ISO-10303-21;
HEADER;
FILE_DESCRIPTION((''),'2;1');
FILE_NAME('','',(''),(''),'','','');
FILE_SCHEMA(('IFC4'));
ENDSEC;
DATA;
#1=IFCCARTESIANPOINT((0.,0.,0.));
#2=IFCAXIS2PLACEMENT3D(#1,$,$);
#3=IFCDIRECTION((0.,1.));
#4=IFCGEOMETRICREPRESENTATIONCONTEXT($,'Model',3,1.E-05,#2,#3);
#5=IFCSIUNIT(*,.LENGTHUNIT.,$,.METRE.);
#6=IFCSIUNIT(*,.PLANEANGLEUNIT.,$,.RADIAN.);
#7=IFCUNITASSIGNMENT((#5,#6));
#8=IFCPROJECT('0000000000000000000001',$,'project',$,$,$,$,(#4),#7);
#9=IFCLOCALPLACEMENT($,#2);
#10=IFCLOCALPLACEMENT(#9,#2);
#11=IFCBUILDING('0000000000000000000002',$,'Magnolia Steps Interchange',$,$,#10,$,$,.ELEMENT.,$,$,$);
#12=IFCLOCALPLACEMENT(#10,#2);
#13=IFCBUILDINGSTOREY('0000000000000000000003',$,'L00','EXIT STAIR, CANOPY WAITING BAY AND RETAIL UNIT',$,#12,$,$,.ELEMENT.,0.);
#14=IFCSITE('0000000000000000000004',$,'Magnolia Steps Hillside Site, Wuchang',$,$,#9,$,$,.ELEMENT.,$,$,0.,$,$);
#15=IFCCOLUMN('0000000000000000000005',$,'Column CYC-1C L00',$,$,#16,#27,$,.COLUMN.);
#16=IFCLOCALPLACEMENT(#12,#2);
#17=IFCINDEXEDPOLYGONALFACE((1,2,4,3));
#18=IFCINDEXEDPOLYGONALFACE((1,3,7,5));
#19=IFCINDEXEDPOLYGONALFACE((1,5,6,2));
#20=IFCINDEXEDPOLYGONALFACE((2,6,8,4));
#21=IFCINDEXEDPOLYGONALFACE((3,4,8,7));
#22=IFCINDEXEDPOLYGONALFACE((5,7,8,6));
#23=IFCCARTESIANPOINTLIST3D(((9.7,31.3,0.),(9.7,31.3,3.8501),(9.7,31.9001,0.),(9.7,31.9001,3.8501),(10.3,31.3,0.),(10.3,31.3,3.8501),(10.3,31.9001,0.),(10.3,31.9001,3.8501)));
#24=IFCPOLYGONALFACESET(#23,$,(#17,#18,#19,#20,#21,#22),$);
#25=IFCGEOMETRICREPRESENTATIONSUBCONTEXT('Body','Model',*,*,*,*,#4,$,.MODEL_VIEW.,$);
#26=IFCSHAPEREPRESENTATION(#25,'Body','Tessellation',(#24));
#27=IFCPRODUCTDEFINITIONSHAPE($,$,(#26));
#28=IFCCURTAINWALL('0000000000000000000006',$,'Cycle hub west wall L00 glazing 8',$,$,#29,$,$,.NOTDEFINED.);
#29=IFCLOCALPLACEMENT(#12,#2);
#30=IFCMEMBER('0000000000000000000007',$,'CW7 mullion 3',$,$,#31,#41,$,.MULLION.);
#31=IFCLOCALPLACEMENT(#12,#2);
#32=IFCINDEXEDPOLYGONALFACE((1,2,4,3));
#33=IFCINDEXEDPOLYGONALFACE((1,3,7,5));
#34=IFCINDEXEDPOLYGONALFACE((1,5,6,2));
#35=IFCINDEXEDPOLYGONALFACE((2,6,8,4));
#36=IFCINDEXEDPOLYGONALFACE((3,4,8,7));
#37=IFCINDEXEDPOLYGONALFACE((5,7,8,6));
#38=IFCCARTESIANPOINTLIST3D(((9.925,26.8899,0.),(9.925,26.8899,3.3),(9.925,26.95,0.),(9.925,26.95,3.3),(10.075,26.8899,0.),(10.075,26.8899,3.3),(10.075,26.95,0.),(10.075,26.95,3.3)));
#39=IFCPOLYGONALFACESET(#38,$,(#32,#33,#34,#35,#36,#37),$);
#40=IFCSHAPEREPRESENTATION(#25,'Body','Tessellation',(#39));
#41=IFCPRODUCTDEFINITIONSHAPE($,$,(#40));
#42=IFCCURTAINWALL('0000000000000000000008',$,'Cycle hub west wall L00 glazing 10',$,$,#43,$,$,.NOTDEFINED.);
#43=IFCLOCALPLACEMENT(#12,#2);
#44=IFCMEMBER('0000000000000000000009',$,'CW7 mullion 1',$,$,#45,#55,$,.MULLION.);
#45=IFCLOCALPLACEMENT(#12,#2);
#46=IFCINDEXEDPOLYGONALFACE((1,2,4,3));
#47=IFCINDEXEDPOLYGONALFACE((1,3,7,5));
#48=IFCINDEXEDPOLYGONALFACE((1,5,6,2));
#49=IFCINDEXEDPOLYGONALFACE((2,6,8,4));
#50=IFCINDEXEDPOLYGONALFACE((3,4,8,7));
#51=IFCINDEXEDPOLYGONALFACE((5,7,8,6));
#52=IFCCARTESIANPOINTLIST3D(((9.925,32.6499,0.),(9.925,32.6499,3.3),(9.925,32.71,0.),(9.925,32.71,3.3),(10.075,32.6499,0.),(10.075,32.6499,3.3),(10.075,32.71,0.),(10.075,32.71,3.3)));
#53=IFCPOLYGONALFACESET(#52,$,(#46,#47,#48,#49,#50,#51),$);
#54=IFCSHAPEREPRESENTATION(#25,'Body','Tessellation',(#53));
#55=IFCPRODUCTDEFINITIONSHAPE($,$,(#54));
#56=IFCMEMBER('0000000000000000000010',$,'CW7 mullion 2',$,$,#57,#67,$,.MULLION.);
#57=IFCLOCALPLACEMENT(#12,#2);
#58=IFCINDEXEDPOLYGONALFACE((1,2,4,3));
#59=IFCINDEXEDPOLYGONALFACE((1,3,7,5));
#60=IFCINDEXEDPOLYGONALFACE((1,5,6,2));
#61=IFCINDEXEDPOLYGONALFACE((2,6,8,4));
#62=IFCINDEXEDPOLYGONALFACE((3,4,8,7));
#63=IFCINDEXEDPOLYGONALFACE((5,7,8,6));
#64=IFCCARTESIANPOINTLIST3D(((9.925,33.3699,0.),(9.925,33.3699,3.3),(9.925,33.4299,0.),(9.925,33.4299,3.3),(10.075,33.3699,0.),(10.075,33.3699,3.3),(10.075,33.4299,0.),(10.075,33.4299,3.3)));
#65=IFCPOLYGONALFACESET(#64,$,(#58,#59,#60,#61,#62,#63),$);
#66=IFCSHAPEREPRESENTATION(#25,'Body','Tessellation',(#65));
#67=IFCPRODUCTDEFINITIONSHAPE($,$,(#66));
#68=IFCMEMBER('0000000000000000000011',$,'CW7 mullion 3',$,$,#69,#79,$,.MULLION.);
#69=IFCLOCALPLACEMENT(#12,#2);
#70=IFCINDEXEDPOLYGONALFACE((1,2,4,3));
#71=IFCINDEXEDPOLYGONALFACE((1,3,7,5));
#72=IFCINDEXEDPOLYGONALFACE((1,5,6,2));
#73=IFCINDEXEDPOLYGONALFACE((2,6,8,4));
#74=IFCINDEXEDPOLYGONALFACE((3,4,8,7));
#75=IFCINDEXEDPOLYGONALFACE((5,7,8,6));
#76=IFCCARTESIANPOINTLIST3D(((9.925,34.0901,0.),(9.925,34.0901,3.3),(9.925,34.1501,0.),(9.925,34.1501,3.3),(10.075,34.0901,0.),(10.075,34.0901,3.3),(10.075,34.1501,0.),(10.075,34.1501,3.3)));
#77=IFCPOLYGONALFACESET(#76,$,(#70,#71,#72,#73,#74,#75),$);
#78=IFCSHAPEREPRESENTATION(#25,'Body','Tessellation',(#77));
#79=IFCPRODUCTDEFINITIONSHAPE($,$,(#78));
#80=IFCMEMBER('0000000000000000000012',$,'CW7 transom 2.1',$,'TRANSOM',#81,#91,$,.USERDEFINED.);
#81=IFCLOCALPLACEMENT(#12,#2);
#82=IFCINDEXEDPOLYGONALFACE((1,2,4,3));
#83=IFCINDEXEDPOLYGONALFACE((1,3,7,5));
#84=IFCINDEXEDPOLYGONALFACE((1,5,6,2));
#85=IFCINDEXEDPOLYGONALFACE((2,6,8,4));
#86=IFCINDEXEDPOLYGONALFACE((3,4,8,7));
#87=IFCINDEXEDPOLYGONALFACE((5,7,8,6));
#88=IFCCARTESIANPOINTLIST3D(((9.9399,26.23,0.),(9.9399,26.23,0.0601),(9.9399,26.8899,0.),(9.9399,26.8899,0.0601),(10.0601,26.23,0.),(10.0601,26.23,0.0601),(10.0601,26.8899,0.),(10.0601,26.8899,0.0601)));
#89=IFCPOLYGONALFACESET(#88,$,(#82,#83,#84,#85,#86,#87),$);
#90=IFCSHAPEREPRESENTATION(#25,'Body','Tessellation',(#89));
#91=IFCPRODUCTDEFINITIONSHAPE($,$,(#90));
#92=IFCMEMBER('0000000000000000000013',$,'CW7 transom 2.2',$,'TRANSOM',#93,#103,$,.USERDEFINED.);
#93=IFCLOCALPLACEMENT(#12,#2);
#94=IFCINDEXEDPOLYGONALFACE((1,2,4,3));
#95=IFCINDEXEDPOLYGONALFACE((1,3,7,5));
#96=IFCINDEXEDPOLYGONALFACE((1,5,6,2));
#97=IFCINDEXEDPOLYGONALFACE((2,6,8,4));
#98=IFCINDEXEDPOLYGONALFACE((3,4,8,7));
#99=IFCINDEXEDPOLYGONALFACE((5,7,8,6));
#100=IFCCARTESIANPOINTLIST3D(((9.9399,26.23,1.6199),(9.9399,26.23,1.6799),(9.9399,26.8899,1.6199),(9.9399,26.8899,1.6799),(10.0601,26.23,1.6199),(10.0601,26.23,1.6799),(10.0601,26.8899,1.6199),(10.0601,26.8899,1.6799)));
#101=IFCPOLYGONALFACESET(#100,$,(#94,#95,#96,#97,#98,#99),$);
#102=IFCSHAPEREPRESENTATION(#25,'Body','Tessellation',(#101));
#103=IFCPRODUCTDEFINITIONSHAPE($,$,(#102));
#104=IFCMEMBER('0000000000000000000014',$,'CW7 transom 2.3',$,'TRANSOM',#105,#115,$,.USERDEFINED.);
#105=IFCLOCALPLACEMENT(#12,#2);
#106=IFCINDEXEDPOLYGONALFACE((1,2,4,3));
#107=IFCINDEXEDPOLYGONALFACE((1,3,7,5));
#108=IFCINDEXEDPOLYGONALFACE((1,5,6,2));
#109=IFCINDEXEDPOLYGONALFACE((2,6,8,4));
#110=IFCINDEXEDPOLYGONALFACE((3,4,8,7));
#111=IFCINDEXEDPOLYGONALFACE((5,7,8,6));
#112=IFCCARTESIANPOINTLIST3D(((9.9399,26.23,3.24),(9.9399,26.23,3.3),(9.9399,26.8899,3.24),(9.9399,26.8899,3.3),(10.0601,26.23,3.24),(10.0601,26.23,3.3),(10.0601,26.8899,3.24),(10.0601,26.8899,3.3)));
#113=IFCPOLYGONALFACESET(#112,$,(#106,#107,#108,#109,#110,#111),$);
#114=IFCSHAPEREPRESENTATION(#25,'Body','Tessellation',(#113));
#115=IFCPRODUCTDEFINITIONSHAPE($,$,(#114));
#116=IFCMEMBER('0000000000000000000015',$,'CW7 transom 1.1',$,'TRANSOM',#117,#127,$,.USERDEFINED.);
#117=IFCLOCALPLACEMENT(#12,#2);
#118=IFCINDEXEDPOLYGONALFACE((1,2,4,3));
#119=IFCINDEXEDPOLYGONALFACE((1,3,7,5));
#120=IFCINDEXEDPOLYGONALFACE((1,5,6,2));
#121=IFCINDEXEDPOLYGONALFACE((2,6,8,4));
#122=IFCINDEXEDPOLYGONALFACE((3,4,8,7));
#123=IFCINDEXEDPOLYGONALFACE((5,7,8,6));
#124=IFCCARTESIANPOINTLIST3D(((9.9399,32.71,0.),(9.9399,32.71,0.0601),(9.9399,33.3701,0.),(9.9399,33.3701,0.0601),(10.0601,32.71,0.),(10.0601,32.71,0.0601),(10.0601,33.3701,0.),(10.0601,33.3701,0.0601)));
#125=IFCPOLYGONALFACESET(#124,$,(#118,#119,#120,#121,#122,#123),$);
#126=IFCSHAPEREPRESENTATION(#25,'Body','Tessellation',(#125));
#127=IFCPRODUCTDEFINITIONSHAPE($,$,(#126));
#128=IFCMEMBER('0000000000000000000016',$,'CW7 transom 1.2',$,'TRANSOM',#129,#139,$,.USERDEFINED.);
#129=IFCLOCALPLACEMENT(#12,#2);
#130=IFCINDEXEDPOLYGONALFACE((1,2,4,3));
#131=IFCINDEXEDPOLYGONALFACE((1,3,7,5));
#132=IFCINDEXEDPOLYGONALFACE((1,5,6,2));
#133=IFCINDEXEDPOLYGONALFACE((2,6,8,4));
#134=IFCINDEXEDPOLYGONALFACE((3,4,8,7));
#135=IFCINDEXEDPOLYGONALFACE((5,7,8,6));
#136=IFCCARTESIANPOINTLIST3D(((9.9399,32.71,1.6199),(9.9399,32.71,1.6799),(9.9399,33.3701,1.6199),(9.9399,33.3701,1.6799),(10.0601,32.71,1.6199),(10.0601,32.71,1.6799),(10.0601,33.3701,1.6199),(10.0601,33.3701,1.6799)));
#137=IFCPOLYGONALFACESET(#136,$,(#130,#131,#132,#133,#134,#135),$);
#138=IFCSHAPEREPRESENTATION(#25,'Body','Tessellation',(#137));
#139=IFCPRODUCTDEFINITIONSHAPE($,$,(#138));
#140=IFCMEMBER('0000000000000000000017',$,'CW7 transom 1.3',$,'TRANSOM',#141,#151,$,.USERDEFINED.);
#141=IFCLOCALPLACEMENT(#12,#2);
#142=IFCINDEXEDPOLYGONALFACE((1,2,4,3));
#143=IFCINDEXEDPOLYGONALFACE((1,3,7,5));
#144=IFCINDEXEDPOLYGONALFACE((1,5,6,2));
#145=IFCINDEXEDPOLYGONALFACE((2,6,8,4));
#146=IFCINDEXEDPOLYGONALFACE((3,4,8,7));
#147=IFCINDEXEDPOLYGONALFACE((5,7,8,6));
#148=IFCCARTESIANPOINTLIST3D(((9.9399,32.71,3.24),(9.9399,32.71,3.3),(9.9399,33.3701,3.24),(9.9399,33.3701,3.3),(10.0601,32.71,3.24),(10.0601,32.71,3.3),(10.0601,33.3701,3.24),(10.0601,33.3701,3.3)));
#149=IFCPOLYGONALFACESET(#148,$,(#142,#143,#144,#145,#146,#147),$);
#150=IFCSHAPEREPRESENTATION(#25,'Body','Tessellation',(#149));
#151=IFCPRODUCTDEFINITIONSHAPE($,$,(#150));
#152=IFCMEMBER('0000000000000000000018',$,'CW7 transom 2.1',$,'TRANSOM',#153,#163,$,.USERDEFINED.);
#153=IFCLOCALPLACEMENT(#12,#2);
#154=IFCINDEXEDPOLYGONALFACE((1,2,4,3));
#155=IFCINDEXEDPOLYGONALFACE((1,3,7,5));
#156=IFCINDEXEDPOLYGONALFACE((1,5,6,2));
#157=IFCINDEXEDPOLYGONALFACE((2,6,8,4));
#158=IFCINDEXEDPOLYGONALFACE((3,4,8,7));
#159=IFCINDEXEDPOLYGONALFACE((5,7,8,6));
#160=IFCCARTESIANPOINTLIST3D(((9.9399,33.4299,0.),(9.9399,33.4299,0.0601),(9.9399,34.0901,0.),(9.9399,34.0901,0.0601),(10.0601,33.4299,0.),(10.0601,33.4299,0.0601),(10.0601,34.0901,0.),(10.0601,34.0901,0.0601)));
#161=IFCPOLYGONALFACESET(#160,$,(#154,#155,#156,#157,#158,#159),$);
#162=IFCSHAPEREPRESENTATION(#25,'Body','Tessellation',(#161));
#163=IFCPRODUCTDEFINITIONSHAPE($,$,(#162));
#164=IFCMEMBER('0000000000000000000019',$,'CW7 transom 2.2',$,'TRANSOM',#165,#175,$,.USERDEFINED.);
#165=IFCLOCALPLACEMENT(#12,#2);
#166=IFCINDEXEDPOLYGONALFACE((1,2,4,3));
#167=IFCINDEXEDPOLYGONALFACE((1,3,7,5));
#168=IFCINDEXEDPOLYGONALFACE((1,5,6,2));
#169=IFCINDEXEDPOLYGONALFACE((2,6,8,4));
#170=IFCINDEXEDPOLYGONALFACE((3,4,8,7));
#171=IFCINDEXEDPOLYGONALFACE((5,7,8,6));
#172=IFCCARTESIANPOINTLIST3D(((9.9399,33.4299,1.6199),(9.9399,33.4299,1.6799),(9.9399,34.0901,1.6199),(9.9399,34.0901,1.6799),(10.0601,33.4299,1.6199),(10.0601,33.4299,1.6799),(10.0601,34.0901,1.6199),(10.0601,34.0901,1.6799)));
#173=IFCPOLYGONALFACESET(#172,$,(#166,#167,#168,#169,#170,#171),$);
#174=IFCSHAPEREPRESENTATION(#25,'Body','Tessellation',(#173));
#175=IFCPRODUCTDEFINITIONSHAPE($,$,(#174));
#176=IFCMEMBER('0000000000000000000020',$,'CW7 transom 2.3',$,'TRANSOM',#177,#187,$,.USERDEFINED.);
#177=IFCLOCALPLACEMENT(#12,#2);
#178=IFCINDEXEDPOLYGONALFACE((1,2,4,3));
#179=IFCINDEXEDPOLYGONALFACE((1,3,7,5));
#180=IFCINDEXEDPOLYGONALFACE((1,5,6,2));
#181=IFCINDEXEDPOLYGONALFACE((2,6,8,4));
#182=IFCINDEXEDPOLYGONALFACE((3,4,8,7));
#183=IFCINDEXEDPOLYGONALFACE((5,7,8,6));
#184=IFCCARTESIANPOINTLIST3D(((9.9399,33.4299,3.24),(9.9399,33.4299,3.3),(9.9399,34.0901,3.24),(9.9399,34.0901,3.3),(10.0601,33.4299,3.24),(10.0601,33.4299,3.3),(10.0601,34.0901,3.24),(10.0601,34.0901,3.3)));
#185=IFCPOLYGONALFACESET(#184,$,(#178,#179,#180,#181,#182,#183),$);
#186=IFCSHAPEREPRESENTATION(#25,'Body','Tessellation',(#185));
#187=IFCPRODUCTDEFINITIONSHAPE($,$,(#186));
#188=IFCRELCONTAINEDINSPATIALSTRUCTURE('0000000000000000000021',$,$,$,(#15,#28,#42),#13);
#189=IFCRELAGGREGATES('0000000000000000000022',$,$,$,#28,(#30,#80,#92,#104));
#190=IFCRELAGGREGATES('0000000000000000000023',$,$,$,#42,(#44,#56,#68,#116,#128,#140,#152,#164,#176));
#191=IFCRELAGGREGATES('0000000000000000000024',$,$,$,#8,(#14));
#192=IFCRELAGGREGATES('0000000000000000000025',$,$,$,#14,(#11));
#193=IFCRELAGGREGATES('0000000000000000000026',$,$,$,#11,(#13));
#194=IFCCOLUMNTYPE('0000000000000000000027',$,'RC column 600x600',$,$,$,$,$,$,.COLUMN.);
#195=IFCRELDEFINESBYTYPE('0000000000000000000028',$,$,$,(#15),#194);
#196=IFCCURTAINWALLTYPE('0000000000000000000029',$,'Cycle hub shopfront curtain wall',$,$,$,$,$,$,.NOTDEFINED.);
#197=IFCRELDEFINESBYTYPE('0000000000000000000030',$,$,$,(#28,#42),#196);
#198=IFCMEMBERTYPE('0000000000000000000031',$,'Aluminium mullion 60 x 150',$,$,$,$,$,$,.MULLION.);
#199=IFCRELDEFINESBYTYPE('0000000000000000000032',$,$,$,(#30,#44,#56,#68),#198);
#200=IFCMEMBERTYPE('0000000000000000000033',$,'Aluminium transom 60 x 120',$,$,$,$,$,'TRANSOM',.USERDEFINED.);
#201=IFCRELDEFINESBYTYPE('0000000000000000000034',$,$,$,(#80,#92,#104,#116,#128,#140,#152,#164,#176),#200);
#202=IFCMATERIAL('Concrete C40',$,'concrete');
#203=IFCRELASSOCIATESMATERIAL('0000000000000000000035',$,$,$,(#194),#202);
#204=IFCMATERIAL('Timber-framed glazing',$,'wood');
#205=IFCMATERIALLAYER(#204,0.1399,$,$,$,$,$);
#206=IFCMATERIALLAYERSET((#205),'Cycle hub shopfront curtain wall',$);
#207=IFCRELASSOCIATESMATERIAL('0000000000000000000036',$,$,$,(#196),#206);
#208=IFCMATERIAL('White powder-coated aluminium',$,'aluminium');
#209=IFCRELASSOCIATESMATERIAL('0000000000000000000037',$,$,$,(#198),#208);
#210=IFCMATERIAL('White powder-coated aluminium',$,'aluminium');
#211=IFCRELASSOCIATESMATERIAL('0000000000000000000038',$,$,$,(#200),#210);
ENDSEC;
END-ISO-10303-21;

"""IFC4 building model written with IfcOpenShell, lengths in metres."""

from ifc_helpers import new_model, si_unit, direction, frame, origin, origin_2d, place, context, subcontext, project, spatial, rectangle, extrude, material, layer, layer_set, material_profile, profile_set, type_object, element, aggregate, save


model = new_model("IFC4")

# Units and contexts
model_context = context("Model", 3, precision=1e-05, world=origin(), true_north=direction((0.0, 1.0)))
body_context = subcontext(model_context, "Body", "Model", "MODEL_VIEW")
ifc_project = project(units=[si_unit("LENGTHUNIT", "METRE"), si_unit("PLANEANGLEUNIT", "RADIAN")], contexts=[model_context])

# Site, building, storey
site_placement = place(None, origin())
site = spatial("IfcSite", under=ifc_project, at=site_placement, Name="Magnolia Steps Hillside Site, Wuchang", CompositionType="ELEMENT", RefElevation=0.0)
building_placement = place(site_placement, origin())
building = spatial("IfcBuilding", under=site, at=building_placement, Name="Magnolia Steps Interchange", CompositionType="ELEMENT")
storey_placement = place(building_placement, origin())
storey = spatial("IfcBuildingStorey", under=building, at=storey_placement, Name="L00", Description="EXIT STAIR, CANOPY WAITING BAY AND RETAIL UNIT", CompositionType="ELEMENT", Elevation=0.0)

# Column
ifc_material_1 = material(Name="Concrete C40", Category="concrete")
ifc_material_profile_1 = material_profile(ifc_material_1, rectangle(XDim=0.6001, YDim=0.6001, at=origin_2d()), Name="RC600x600")
ifc_profile_set_1 = profile_set([ifc_material_profile_1], Name="Concrete C40")
column_type = type_object("IfcColumnType", Name="RC column 600x600", PredefinedType="COLUMN", material=ifc_profile_set_1)
column_placement = place(storey_placement, frame((10.0, 31.6001, 0.0), z_axis=(0.0, 0.0, 1.0), x_axis=(1.0, 0.0, 0.0)))
element("IfcColumn", 1, at=column_placement, inside=storey, type_object=column_type, Name="Column CYC-1C L00", PredefinedType="COLUMN", context=body_context, shape_type="SweptSolid", body=[
    extrude(rectangle(XDim=0.6001, YDim=0.6001, at=origin_2d()), origin(), (0.0, 0.0, 1.0), 3.8501),
])

# Curtain wall, member
ifc_material_2 = material(Name="Timber-framed glazing", Category="wood")
ifc_layer_1 = layer(ifc_material_2, 0.1399)
ifc_layer_set_1 = layer_set([ifc_layer_1], Name="Cycle hub shopfront curtain wall")
curtain_wall_type = type_object("IfcCurtainWallType", Name="Cycle hub shopfront curtain wall", PredefinedType="NOTDEFINED", material=ifc_layer_set_1)
curtain_wall_1_placement = place(storey_placement, origin())
curtain_wall_1 = element("IfcCurtainWall", 2, at=curtain_wall_1_placement, inside=storey, type_object=curtain_wall_type, Name="Cycle hub west wall L00 glazing 8", PredefinedType="NOTDEFINED")
ifc_material_3 = material(Name="White powder-coated aluminium", Category="aluminium")
ifc_material_profile_2 = material_profile(ifc_material_3, rectangle(XDim=0.0601, YDim=0.1499, at=origin_2d()), Name="Aluminium mullion 60 x 150")
ifc_profile_set_2 = profile_set([ifc_material_profile_2], Name="White powder-coated aluminium")
member_type_1 = type_object("IfcMemberType", Name="Aluminium mullion 60 x 150", PredefinedType="MULLION", material=ifc_profile_set_2)
member_1_placement = place(storey_placement, frame((10.0, 26.9199, 0.0), z_axis=(0.0, 0.0, 1.0), x_axis=(0.0, 1.0, 0.0)))
member_1 = element("IfcMember", 3, at=member_1_placement, type_object=member_type_1, Name="CW7 mullion 3", PredefinedType="MULLION", context=body_context, shape_type="SweptSolid", body=[
    extrude(rectangle(XDim=0.0601, YDim=0.1499, at=origin_2d()), origin(), (0.0, 0.0, 1.0), 3.3),
])

# Curtain wall, members
curtain_wall_2_placement = place(storey_placement, origin())
curtain_wall_2 = element("IfcCurtainWall", 4, at=curtain_wall_2_placement, inside=storey, type_object=curtain_wall_type, Name="Cycle hub west wall L00 glazing 10", PredefinedType="NOTDEFINED")
member_2_placement = place(storey_placement, frame((10.0, 32.6799, 0.0), z_axis=(0.0, 0.0, 1.0), x_axis=(0.0, 1.0, 0.0)))
member_2 = element("IfcMember", 5, at=member_2_placement, type_object=member_type_1, Name="CW7 mullion 1", PredefinedType="MULLION", context=body_context, shape_type="SweptSolid", body=[
    extrude(rectangle(XDim=0.0601, YDim=0.1499, at=origin_2d()), origin(), (0.0, 0.0, 1.0), 3.3),
])
member_3_placement = place(storey_placement, frame((10.0, 33.3999, 0.0), z_axis=(0.0, 0.0, 1.0), x_axis=(0.0, 1.0, 0.0)))
member_3 = element("IfcMember", 6, at=member_3_placement, type_object=member_type_1, Name="CW7 mullion 2", PredefinedType="MULLION", context=body_context, shape_type="SweptSolid", body=[
    extrude(rectangle(XDim=0.0601, YDim=0.1499, at=origin_2d()), origin(), (0.0, 0.0, 1.0), 3.3),
])
member_4_placement = place(storey_placement, frame((10.0, 34.1201, 0.0), z_axis=(0.0, 0.0, 1.0), x_axis=(0.0, 1.0, 0.0)))
member_4 = element("IfcMember", 7, at=member_4_placement, type_object=member_type_1, Name="CW7 mullion 3", PredefinedType="MULLION", context=body_context, shape_type="SweptSolid", body=[
    extrude(rectangle(XDim=0.0601, YDim=0.1499, at=origin_2d()), origin(), (0.0, 0.0, 1.0), 3.3),
])

# Members
ifc_material_4 = material(Name="White powder-coated aluminium", Category="aluminium")
ifc_material_profile_3 = material_profile(ifc_material_4, rectangle(XDim=0.0601, YDim=0.1201, at=origin_2d()), Name="Aluminium transom 60 x 120")
ifc_profile_set_3 = profile_set([ifc_material_profile_3], Name="White powder-coated aluminium")
member_type_2 = type_object("IfcMemberType", Name="Aluminium transom 60 x 120", ElementType="TRANSOM", PredefinedType="USERDEFINED", material=ifc_profile_set_3)
member_5_placement = place(storey_placement, frame((10.0, 26.23, 0.03), z_axis=(0.0, 1.0, 0.0), x_axis=(0.0, 0.0, 1.0)))
member_5 = element("IfcMember", 8, at=member_5_placement, type_object=member_type_2, Name="CW7 transom 2.1", ObjectType="TRANSOM", PredefinedType="USERDEFINED", context=body_context, shape_type="SweptSolid", body=[
    extrude(rectangle(XDim=0.0601, YDim=0.1201, at=origin_2d()), origin(), (0.0, 0.0, 1.0), 0.6599),
])
member_6_placement = place(storey_placement, frame((10.0, 26.23, 1.6499), z_axis=(0.0, 1.0, 0.0), x_axis=(0.0, 0.0, 1.0)))
member_6 = element("IfcMember", 9, at=member_6_placement, type_object=member_type_2, Name="CW7 transom 2.2", ObjectType="TRANSOM", PredefinedType="USERDEFINED", context=body_context, shape_type="SweptSolid", body=[
    extrude(rectangle(XDim=0.0601, YDim=0.1201, at=origin_2d()), origin(), (0.0, 0.0, 1.0), 0.6599),
])
member_7_placement = place(storey_placement, frame((10.0, 26.23, 3.27), z_axis=(0.0, 1.0, 0.0), x_axis=(0.0, 0.0, 1.0)))
member_7 = element("IfcMember", 10, at=member_7_placement, type_object=member_type_2, Name="CW7 transom 2.3", ObjectType="TRANSOM", PredefinedType="USERDEFINED", context=body_context, shape_type="SweptSolid", body=[
    extrude(rectangle(XDim=0.0601, YDim=0.1201, at=origin_2d()), origin(), (0.0, 0.0, 1.0), 0.6599),
])
member_8_placement = place(storey_placement, frame((10.0, 32.71, 0.03), z_axis=(0.0, 1.0, 0.0), x_axis=(0.0, 0.0, 1.0)))
member_8 = element("IfcMember", 11, at=member_8_placement, type_object=member_type_2, Name="CW7 transom 1.1", ObjectType="TRANSOM", PredefinedType="USERDEFINED", context=body_context, shape_type="SweptSolid", body=[
    extrude(rectangle(XDim=0.0601, YDim=0.1201, at=origin_2d()), origin(), (0.0, 0.0, 1.0), 0.6602),
])
member_9_placement = place(storey_placement, frame((10.0, 32.71, 1.6499), z_axis=(0.0, 1.0, 0.0), x_axis=(0.0, 0.0, 1.0)))
member_9 = element("IfcMember", 12, at=member_9_placement, type_object=member_type_2, Name="CW7 transom 1.2", ObjectType="TRANSOM", PredefinedType="USERDEFINED", context=body_context, shape_type="SweptSolid", body=[
    extrude(rectangle(XDim=0.0601, YDim=0.1201, at=origin_2d()), origin(), (0.0, 0.0, 1.0), 0.6602),
])
member_10_placement = place(storey_placement, frame((10.0, 32.71, 3.27), z_axis=(0.0, 1.0, 0.0), x_axis=(0.0, 0.0, 1.0)))
member_10 = element("IfcMember", 13, at=member_10_placement, type_object=member_type_2, Name="CW7 transom 1.3", ObjectType="TRANSOM", PredefinedType="USERDEFINED", context=body_context, shape_type="SweptSolid", body=[
    extrude(rectangle(XDim=0.0601, YDim=0.1201, at=origin_2d()), origin(), (0.0, 0.0, 1.0), 0.6602),
])
member_11_placement = place(storey_placement, frame((10.0, 33.4299, 0.03), z_axis=(0.0, 1.0, 0.0), x_axis=(0.0, 0.0, 1.0)))
member_11 = element("IfcMember", 14, at=member_11_placement, type_object=member_type_2, Name="CW7 transom 2.1", ObjectType="TRANSOM", PredefinedType="USERDEFINED", context=body_context, shape_type="SweptSolid", body=[
    extrude(rectangle(XDim=0.0601, YDim=0.1201, at=origin_2d()), origin(), (0.0, 0.0, 1.0), 0.6602),
])
member_12_placement = place(storey_placement, frame((10.0, 33.4299, 1.6499), z_axis=(0.0, 1.0, 0.0), x_axis=(0.0, 0.0, 1.0)))
member_12 = element("IfcMember", 15, at=member_12_placement, type_object=member_type_2, Name="CW7 transom 2.2", ObjectType="TRANSOM", PredefinedType="USERDEFINED", context=body_context, shape_type="SweptSolid", body=[
    extrude(rectangle(XDim=0.0601, YDim=0.1201, at=origin_2d()), origin(), (0.0, 0.0, 1.0), 0.6602),
])
member_13_placement = place(storey_placement, frame((10.0, 33.4299, 3.27), z_axis=(0.0, 1.0, 0.0), x_axis=(0.0, 0.0, 1.0)))
member_13 = element("IfcMember", 16, at=member_13_placement, type_object=member_type_2, Name="CW7 transom 2.3", ObjectType="TRANSOM", PredefinedType="USERDEFINED", context=body_context, shape_type="SweptSolid", body=[
    extrude(rectangle(XDim=0.0601, YDim=0.1201, at=origin_2d()), origin(), (0.0, 0.0, 1.0), 0.6602),
])

aggregate(curtain_wall_1, [member_1, member_5, member_6, member_7])
aggregate(curtain_wall_2, [member_2, member_3, member_4, member_8, member_9, member_10, member_11, member_12, member_13])

save(model, "model.ifc")
